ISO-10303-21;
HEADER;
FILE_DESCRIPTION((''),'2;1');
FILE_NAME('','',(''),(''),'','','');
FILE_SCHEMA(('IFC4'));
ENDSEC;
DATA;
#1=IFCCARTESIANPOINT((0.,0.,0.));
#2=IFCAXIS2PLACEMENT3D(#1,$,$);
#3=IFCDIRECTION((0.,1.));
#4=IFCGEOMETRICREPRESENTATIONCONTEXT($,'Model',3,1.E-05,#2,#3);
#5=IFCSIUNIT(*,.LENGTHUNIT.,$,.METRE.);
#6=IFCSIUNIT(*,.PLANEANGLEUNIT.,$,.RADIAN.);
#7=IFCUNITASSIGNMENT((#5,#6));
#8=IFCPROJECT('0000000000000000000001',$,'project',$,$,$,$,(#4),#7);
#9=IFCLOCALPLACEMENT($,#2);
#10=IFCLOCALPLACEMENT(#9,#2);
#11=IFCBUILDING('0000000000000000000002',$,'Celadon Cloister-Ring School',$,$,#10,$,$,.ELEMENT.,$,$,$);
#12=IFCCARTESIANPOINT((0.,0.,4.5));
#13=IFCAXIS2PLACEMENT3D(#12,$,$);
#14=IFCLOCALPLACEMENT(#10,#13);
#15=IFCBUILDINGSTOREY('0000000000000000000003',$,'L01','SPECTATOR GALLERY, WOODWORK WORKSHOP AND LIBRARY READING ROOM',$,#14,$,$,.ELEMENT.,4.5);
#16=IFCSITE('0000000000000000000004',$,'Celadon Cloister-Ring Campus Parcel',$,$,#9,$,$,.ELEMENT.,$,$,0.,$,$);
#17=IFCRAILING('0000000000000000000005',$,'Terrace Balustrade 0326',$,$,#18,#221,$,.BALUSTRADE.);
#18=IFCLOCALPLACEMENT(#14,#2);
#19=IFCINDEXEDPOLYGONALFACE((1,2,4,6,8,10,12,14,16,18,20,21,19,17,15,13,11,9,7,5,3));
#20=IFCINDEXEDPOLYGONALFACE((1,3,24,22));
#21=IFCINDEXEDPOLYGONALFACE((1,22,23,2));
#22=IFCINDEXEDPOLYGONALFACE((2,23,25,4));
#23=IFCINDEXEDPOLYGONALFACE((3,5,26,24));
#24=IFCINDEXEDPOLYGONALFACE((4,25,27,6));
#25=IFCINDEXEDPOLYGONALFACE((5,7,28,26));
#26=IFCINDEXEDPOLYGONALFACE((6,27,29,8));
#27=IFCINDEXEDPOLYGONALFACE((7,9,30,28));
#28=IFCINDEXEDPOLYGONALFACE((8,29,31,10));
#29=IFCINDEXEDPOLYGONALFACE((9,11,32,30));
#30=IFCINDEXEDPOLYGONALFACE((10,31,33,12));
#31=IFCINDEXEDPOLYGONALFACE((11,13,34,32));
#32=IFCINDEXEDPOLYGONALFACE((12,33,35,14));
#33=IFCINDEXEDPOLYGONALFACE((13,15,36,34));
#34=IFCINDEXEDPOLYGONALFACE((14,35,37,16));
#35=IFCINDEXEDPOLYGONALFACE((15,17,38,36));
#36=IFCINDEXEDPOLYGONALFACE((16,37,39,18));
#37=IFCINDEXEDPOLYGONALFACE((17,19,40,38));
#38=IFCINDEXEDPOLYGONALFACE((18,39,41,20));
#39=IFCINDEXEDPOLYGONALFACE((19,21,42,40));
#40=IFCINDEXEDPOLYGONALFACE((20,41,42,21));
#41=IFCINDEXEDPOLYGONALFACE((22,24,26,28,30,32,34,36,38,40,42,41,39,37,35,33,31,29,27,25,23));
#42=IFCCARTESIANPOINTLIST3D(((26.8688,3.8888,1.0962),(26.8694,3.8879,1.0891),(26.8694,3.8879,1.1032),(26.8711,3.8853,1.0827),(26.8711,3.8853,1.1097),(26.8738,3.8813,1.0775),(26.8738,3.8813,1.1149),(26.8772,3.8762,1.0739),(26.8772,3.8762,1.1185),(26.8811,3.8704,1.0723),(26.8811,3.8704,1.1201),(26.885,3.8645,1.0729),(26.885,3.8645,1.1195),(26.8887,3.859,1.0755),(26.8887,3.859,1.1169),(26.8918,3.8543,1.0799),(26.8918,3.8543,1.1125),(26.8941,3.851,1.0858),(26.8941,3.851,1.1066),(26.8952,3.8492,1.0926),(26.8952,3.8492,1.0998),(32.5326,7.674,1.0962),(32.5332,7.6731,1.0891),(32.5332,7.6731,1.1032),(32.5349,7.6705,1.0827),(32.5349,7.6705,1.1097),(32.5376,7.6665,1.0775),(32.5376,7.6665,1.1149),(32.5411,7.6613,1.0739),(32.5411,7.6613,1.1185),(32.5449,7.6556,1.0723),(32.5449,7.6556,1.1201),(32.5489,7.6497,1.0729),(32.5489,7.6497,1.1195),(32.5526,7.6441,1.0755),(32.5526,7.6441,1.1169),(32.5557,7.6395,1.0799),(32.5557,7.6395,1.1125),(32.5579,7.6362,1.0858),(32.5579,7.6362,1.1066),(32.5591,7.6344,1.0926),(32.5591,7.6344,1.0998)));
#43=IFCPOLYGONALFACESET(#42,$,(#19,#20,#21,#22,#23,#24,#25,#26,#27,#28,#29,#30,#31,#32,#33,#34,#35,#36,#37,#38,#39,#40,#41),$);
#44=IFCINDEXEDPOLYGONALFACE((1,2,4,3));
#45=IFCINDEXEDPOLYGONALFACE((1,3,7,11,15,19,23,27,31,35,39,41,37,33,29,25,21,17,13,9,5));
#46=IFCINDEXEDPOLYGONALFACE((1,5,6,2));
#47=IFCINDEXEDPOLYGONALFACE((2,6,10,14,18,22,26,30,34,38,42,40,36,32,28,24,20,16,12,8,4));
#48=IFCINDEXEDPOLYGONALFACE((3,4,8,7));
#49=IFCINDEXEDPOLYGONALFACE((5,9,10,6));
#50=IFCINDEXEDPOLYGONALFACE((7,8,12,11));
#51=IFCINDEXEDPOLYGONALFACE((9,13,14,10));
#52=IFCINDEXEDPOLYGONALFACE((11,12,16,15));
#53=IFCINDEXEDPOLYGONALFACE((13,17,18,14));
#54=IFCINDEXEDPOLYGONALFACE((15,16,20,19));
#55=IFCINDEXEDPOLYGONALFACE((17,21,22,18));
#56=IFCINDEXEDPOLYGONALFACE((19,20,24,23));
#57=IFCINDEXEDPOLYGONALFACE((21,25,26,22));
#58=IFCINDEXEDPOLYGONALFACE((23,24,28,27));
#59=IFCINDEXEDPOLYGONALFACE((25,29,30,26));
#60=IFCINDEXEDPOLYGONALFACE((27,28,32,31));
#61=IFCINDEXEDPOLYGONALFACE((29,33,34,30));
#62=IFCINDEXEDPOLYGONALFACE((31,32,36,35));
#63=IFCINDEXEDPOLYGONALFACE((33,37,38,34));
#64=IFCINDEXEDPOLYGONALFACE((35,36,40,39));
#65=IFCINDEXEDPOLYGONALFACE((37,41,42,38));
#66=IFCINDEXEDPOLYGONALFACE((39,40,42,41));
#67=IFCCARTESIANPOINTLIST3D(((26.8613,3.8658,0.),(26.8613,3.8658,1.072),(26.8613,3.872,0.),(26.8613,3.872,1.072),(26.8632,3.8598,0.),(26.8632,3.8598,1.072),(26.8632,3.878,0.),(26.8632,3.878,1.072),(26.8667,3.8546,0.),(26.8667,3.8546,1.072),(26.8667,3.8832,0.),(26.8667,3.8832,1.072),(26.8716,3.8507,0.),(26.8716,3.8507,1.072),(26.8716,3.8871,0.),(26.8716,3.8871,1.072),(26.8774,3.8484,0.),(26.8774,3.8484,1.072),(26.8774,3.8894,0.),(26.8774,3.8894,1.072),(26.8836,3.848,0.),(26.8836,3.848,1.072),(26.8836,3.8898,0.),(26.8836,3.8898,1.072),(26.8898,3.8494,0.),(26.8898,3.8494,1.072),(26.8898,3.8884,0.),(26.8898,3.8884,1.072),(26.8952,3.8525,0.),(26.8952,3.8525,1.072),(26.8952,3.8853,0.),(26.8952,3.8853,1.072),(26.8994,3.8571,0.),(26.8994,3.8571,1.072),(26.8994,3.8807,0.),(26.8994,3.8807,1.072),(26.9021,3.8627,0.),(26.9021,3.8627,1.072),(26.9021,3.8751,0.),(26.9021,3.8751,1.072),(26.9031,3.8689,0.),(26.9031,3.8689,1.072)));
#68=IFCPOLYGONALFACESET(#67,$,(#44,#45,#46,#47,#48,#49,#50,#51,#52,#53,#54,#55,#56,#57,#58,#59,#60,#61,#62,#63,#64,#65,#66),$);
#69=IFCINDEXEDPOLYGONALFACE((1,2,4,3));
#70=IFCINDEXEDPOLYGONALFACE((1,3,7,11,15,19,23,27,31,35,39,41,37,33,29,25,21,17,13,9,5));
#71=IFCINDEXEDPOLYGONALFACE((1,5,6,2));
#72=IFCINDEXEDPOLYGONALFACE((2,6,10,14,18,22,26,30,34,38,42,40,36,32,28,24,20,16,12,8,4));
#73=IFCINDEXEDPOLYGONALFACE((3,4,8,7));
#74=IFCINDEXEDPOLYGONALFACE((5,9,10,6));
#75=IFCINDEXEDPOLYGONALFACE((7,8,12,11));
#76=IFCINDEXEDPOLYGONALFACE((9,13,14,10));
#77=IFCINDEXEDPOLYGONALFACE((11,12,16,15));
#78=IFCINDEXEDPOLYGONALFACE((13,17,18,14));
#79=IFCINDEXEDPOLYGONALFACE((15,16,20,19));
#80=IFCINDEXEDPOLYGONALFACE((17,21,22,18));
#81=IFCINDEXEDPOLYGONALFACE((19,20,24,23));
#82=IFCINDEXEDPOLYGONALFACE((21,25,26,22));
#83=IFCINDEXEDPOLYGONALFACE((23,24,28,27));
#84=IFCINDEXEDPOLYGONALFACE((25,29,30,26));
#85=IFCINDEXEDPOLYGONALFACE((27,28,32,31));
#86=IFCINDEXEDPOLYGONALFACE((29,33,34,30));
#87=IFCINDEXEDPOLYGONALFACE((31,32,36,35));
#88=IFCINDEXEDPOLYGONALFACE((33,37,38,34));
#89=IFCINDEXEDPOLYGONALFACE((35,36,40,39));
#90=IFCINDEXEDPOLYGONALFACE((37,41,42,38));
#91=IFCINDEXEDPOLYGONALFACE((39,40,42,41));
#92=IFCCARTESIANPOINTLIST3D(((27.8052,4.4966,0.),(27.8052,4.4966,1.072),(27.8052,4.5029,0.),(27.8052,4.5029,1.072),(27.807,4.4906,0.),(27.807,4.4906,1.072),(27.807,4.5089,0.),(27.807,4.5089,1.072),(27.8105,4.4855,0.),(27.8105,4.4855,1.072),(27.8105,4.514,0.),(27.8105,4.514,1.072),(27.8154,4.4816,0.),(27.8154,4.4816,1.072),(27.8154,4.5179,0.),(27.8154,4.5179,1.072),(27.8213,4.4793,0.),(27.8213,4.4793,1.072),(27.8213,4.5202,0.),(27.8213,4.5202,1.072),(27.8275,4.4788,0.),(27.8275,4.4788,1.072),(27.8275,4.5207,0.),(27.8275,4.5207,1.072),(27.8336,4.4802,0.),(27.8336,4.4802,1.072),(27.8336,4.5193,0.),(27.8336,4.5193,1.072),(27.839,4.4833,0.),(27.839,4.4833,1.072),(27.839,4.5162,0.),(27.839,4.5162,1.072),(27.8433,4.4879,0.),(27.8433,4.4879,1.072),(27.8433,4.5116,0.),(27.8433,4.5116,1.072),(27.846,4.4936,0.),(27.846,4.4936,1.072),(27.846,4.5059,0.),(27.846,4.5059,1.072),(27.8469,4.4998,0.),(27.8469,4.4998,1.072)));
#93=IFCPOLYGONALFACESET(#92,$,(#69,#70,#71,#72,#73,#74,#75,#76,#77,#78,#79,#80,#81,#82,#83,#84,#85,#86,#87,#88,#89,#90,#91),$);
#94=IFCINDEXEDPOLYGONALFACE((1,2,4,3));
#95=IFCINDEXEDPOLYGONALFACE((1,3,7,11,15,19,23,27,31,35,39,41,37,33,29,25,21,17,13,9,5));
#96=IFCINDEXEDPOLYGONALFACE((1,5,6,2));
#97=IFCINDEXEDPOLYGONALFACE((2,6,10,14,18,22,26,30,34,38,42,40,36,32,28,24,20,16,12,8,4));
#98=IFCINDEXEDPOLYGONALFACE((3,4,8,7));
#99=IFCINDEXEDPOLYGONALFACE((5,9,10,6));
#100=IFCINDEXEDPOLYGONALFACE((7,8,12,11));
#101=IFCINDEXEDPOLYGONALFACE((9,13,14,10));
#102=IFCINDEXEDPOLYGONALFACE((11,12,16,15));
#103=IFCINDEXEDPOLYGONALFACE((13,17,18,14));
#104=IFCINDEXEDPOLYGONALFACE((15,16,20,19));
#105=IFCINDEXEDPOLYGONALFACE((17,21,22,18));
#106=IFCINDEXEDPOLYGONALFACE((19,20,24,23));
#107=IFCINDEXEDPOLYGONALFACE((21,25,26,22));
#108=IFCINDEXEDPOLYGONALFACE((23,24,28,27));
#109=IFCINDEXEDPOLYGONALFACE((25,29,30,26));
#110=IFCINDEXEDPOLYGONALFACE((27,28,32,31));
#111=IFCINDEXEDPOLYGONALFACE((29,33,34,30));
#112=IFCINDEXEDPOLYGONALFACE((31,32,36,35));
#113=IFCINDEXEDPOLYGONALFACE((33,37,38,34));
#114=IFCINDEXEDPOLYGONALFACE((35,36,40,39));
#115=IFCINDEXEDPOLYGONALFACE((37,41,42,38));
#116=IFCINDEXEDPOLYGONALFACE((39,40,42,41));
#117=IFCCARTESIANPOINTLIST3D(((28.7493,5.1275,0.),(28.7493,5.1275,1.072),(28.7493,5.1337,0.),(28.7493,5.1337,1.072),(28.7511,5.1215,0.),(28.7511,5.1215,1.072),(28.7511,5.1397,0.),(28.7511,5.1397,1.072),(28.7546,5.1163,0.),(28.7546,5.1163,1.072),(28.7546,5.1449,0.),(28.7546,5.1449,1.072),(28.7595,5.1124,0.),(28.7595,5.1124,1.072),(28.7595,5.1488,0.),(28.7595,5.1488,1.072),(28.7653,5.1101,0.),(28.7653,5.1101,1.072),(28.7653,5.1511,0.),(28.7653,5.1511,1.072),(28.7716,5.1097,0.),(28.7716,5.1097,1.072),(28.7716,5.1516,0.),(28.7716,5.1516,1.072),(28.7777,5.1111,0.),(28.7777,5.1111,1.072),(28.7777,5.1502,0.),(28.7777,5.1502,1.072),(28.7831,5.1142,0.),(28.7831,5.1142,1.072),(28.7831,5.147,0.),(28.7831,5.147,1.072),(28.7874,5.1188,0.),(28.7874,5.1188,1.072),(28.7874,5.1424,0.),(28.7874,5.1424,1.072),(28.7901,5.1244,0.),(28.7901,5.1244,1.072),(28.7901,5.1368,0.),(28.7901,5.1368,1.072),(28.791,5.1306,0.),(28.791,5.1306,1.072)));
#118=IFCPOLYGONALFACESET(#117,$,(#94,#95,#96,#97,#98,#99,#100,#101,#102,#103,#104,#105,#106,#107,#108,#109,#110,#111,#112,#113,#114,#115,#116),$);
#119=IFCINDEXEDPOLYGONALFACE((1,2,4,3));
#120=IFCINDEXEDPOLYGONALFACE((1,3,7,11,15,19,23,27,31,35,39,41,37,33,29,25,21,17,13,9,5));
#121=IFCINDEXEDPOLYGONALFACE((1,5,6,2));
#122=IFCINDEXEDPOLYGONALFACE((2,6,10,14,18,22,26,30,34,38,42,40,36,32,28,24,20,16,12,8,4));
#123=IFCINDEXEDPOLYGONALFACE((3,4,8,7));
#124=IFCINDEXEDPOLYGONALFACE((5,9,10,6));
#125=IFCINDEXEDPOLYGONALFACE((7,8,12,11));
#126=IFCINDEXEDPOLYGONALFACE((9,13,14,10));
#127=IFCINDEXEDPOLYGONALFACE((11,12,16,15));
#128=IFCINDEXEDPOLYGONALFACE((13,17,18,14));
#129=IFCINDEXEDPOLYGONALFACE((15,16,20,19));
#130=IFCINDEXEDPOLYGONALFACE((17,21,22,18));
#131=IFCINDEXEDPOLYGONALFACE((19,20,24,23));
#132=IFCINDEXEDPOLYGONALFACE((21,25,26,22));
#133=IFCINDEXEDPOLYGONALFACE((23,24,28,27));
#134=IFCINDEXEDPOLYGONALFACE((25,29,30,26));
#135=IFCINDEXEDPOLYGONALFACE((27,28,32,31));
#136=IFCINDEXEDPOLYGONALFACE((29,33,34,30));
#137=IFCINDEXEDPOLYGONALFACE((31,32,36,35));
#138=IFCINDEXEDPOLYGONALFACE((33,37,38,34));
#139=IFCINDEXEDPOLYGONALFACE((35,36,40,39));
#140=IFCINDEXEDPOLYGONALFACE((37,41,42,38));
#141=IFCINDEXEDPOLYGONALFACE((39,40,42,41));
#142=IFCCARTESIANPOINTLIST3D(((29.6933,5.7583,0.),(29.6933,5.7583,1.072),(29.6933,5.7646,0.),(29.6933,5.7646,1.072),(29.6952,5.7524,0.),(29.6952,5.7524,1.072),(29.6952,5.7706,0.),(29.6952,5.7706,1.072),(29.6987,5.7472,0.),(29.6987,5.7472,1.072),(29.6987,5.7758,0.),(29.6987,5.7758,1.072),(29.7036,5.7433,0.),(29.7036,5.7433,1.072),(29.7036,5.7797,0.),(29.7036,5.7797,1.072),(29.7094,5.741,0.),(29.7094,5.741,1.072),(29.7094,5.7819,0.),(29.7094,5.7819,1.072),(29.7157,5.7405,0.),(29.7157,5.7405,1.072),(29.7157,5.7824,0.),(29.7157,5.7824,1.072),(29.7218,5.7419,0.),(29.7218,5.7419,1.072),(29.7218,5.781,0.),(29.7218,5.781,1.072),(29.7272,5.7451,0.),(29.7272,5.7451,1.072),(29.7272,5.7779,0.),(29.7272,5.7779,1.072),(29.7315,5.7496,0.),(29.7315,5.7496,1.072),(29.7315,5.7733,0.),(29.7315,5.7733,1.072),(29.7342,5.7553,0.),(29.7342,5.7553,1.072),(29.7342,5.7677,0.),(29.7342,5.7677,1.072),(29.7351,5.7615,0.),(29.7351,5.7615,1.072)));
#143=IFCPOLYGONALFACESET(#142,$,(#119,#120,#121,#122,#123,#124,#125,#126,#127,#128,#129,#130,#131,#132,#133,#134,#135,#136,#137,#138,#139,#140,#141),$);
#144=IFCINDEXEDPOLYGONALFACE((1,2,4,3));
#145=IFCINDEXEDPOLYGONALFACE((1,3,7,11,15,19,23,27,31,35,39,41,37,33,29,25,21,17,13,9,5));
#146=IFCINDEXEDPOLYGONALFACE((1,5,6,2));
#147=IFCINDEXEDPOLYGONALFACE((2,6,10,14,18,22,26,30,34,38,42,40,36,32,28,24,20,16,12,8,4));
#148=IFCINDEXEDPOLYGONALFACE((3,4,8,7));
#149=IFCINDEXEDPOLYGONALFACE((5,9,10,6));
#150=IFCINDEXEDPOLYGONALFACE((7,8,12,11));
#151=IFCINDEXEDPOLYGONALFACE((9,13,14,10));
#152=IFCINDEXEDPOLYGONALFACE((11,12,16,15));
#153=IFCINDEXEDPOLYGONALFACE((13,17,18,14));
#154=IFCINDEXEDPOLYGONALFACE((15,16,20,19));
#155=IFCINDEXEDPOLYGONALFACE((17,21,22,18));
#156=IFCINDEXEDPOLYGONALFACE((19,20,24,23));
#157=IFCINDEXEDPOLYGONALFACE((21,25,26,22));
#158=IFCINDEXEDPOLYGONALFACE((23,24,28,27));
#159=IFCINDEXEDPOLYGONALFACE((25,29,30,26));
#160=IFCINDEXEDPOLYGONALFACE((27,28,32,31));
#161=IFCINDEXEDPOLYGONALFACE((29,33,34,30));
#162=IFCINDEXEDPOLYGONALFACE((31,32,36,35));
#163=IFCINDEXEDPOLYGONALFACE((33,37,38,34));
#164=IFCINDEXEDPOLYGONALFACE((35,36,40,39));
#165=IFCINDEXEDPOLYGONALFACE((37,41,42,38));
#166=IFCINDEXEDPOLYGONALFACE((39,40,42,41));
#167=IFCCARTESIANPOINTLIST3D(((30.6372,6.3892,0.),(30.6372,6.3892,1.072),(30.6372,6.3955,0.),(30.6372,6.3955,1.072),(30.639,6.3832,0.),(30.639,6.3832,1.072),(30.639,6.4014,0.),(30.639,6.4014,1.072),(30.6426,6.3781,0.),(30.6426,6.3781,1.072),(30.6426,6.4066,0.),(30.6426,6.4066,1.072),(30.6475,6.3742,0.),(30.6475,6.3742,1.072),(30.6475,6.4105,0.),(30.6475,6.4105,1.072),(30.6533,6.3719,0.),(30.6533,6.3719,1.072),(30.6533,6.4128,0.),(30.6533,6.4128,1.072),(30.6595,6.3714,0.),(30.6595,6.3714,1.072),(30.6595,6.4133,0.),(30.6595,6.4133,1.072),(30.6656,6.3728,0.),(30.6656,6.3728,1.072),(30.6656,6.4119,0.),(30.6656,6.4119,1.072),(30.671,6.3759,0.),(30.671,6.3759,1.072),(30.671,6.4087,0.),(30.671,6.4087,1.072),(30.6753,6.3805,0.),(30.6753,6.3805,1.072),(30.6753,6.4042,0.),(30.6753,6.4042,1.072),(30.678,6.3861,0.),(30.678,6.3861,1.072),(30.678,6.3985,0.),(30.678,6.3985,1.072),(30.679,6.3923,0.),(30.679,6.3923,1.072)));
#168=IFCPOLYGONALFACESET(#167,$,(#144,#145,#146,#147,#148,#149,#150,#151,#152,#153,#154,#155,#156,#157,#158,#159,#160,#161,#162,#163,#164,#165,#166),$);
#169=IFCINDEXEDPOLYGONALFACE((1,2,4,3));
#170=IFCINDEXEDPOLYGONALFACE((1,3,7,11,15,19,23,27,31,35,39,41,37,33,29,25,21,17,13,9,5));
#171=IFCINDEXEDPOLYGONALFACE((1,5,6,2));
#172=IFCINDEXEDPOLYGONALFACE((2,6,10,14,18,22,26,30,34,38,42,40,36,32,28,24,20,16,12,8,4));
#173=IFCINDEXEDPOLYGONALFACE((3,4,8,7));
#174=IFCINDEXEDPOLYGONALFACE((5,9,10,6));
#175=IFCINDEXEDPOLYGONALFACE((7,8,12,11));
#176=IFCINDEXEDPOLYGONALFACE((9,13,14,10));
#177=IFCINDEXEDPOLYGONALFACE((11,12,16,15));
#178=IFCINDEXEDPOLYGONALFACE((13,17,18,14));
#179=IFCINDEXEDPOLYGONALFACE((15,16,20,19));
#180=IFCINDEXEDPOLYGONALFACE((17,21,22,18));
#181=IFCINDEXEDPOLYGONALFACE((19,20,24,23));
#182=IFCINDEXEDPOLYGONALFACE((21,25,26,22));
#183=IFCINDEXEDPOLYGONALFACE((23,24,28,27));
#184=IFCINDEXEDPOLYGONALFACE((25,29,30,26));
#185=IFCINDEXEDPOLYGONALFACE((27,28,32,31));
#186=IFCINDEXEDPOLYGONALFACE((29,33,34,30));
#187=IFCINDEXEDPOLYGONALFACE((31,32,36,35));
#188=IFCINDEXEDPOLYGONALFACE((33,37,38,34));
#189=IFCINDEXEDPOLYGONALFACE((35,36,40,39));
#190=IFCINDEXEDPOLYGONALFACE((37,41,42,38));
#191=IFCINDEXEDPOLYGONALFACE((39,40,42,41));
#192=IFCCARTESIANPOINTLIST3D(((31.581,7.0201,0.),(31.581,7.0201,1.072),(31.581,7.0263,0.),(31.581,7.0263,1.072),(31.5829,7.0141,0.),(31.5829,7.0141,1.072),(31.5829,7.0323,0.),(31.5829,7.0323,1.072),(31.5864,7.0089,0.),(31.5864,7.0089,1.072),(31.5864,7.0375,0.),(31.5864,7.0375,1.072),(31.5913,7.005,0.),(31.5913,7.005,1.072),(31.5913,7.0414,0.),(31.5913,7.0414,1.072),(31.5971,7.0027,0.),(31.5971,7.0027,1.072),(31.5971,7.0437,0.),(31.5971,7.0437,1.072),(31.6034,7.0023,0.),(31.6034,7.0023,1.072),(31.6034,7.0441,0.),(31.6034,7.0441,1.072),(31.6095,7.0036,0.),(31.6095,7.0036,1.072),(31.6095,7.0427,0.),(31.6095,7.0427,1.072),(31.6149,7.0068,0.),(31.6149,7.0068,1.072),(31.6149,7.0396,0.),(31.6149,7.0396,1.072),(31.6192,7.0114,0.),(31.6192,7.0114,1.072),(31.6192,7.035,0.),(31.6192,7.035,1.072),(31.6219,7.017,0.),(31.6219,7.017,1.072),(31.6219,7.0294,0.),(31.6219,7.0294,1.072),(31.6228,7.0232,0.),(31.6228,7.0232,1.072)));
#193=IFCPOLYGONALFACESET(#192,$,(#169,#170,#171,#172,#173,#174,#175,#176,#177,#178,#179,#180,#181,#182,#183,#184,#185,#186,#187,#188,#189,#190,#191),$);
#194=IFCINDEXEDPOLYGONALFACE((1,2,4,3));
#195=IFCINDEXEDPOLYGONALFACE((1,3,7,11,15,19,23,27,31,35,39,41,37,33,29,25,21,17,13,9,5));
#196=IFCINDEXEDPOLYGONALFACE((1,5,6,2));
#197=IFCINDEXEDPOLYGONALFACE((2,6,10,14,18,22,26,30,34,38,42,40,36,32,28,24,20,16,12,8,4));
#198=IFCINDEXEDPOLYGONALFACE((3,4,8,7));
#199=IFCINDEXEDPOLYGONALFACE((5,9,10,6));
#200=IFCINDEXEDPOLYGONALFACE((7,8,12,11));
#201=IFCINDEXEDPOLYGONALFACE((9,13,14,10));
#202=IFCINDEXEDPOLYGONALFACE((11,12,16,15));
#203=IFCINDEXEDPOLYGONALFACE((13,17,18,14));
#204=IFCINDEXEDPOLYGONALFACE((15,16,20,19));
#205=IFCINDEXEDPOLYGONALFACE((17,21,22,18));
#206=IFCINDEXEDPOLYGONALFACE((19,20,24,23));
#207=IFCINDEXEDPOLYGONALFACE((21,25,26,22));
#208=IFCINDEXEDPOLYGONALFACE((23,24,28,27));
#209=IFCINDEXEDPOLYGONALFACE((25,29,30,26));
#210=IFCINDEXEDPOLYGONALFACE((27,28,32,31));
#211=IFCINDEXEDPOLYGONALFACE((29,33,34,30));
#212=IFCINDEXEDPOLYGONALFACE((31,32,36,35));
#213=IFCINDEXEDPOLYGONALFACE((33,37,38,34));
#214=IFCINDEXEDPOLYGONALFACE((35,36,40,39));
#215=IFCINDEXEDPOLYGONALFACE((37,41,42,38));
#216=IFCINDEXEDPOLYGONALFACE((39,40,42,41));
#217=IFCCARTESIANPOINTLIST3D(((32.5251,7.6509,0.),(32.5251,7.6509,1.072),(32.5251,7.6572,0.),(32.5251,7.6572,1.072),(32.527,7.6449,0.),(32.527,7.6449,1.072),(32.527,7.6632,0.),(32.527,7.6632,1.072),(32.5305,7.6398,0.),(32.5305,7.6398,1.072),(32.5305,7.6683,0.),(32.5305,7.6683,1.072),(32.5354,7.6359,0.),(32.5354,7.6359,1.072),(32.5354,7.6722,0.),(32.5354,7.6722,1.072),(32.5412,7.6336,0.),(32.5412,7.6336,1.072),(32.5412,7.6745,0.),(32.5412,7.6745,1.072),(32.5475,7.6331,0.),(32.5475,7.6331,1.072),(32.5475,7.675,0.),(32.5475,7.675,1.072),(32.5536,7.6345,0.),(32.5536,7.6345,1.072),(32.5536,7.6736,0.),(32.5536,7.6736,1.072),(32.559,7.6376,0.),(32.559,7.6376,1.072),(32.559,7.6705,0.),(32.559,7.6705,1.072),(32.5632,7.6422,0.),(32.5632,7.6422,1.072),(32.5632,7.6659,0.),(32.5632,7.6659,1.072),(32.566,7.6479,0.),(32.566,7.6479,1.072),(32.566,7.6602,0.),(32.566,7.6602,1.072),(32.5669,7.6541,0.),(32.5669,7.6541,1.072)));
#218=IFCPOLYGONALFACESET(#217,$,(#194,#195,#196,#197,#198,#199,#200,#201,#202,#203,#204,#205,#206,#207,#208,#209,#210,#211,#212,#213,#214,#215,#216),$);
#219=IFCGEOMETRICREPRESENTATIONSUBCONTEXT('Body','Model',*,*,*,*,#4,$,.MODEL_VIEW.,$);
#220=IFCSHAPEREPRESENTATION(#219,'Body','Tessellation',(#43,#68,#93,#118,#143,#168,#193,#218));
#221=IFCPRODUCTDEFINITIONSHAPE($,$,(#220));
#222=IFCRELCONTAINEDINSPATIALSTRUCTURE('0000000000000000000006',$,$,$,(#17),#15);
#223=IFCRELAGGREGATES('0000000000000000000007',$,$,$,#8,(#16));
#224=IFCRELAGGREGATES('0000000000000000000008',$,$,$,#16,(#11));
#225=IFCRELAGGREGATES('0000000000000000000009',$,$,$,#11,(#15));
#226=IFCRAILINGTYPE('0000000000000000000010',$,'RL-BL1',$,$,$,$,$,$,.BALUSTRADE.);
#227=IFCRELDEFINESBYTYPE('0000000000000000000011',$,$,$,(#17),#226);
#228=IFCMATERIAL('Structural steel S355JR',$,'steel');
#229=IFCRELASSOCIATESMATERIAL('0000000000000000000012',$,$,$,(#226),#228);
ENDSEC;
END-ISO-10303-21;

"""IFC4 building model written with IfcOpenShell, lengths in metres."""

from ifc_helpers import new_model, si_unit, direction, frame, origin, origin_2d, place, context, subcontext, project, spatial, circle, extrude, material, type_object, element, save


model = new_model("IFC4")

# Units and contexts
model_context = context("Model", 3, precision=1e-05, world=origin(), true_north=direction((0.0, 1.0)))
body_context = subcontext(model_context, "Body", "Model", "MODEL_VIEW")
ifc_project = project(units=[si_unit("LENGTHUNIT", "METRE"), si_unit("PLANEANGLEUNIT", "RADIAN")], contexts=[model_context])

# Site, building, storey
site_placement = place(None, origin())
site = spatial("IfcSite", under=ifc_project, at=site_placement, Name="Celadon Cloister-Ring Campus Parcel", CompositionType="ELEMENT", RefElevation=0.0)
building_placement = place(site_placement, origin())
building = spatial("IfcBuilding", under=site, at=building_placement, Name="Celadon Cloister-Ring School", CompositionType="ELEMENT")
storey_placement = place(building_placement, frame((0.0, 0.0, 4.5)))
storey = spatial("IfcBuildingStorey", under=building, at=storey_placement, Name="L01", Description="SPECTATOR GALLERY, WOODWORK WORKSHOP AND LIBRARY READING ROOM", CompositionType="ELEMENT", Elevation=4.5)

# Railing
ifc_material_1 = material(Name="Structural steel S355JR", Category="steel")
railing_type = type_object("IfcRailingType", Name="RL-BL1", PredefinedType="BALUSTRADE", material=ifc_material_1)
railing_1_placement = place(storey_placement, frame((26.8821, 3.8689, 0.0)))
element("IfcRailing", 1, at=railing_1_placement, inside=storey, type_object=railing_type, Name="Terrace Balustrade 0326", PredefinedType="BALUSTRADE", context=body_context, shape_type="SweptSolid", body=[
    extrude(circle(Radius=0.0239, at=origin_2d()), frame((0.0, 0.0, 1.0962), z_axis=(0.831421, 0.555643, 0.0), x_axis=(-0.555643, 0.831421, 0.0)), (0.0, 0.0, 1.0), 6.8123),
    extrude(circle(Radius=0.021, at=origin_2d()), origin(), (0.0, 0.0, 1.0), 1.072),
    extrude(circle(Radius=0.021, at=origin_2d()), frame((0.9438, 0.6309, 0.0)), (0.0, 0.0, 1.0), 1.072),
    extrude(circle(Radius=0.021, at=origin_2d()), frame((1.8879, 1.2617, 0.0)), (0.0, 0.0, 1.0), 1.072),
    extrude(circle(Radius=0.021, at=origin_2d()), frame((2.832, 1.8926, 0.0)), (0.0, 0.0, 1.0), 1.072),
    extrude(circle(Radius=0.021, at=origin_2d()), frame((3.7759, 2.5234, 0.0)), (0.0, 0.0, 1.0), 1.072),
    extrude(circle(Radius=0.021, at=origin_2d()), frame((4.7197, 3.1543, 0.0)), (0.0, 0.0, 1.0), 1.072),
    extrude(circle(Radius=0.021, at=origin_2d()), frame((5.6638, 3.7852, 0.0)), (0.0, 0.0, 1.0), 1.072),
])

save(model, "model.ifc")
